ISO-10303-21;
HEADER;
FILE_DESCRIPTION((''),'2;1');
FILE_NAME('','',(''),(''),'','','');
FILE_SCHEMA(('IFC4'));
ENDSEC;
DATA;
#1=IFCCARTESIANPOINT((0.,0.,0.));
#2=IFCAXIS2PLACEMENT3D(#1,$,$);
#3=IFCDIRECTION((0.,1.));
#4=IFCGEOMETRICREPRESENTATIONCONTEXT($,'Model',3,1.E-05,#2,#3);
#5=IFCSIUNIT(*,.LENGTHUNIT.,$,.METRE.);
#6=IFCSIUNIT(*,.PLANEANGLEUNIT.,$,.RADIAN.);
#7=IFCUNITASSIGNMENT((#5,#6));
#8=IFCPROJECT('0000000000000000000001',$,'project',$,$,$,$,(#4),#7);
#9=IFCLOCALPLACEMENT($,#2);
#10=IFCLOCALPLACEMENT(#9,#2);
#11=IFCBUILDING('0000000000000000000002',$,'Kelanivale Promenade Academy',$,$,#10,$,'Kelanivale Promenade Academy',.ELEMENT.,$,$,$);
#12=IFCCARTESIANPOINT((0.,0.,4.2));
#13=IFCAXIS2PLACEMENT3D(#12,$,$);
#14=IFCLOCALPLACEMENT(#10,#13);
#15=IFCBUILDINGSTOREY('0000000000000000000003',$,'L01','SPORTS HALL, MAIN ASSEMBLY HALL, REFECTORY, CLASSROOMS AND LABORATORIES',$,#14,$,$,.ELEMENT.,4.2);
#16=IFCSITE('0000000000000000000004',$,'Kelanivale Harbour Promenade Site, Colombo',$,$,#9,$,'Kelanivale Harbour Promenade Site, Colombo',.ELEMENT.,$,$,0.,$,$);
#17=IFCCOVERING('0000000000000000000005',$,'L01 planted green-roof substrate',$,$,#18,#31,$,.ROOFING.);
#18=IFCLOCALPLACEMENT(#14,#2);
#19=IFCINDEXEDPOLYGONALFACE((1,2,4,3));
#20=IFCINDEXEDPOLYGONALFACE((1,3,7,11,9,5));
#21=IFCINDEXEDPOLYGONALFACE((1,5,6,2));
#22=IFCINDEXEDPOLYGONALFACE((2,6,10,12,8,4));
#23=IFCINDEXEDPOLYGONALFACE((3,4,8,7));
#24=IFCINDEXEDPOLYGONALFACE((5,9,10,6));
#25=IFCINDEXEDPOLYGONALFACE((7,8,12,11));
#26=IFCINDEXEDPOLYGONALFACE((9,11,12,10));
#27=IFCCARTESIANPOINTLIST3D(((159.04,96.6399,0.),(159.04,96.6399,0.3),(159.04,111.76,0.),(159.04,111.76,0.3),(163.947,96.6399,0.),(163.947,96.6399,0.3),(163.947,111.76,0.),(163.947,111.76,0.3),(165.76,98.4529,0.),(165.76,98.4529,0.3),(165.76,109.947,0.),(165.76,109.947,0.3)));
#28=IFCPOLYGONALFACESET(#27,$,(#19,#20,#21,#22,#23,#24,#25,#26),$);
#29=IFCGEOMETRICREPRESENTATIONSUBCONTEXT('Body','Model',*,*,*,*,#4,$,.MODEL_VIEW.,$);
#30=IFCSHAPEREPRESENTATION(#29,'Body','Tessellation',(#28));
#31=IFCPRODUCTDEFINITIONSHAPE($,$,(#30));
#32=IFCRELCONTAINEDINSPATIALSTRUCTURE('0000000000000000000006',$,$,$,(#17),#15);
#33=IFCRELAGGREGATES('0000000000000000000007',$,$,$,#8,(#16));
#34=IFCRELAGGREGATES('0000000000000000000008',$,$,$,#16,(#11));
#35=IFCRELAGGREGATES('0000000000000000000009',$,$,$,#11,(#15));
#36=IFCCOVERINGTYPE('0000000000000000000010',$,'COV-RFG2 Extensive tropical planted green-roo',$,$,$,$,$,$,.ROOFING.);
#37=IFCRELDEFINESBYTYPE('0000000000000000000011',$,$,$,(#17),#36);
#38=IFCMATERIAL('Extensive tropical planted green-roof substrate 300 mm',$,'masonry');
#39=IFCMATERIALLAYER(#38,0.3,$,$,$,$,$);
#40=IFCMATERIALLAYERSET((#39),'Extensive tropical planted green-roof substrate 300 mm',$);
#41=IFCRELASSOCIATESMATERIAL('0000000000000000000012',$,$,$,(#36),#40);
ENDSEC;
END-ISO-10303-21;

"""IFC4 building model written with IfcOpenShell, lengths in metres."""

from ifc_helpers import new_model, si_unit, direction, frame, origin, place, context, subcontext, project, spatial, polyline, outline, extrude, material, layer, layer_set, type_object, element, save


model = new_model("IFC4")

# Units and contexts
model_context = context("Model", 3, precision=1e-05, world=origin(), true_north=direction((0.0, 1.0)))
body_context = subcontext(model_context, "Body", "Model", "MODEL_VIEW")
ifc_project = project(units=[si_unit("LENGTHUNIT", "METRE"), si_unit("PLANEANGLEUNIT", "RADIAN")], contexts=[model_context])

# Site, building, storey
site_placement = place(None, origin())
site = spatial("IfcSite", under=ifc_project, at=site_placement, Name="Kelanivale Harbour Promenade Site, Colombo", LongName="Kelanivale Harbour Promenade Site, Colombo", CompositionType="ELEMENT", RefElevation=0.0)
building_placement = place(site_placement, origin())
building = spatial("IfcBuilding", under=site, at=building_placement, Name="Kelanivale Promenade Academy", LongName="Kelanivale Promenade Academy", CompositionType="ELEMENT")
storey_placement = place(building_placement, frame((0.0, 0.0, 4.2)))
storey = spatial("IfcBuildingStorey", under=building, at=storey_placement, Name="L01", Description="SPORTS HALL, MAIN ASSEMBLY HALL, REFECTORY, CLASSROOMS AND LABORATORIES", CompositionType="ELEMENT", Elevation=4.2)

# Covering
ifc_material_1 = material(Name="Extensive tropical planted green-roof substrate 300 mm", Category="masonry")
ifc_layer_1 = layer(ifc_material_1, 0.3)
ifc_layer_set_1 = layer_set([ifc_layer_1], Name="Extensive tropical planted green-roof substrate 300 mm")
covering_type_1 = type_object("IfcCoveringType", Name="COV-RFG2 Extensive tropical planted green-roo", PredefinedType="ROOFING", material=ifc_layer_set_1)
covering_1_placement = place(storey_placement, origin())
element("IfcCovering", 1, at=covering_1_placement, inside=storey, type_object=covering_type_1, Name="L01 planted green-roof substrate", PredefinedType="ROOFING", context=body_context, shape_type="SweptSolid", body=[
    extrude(outline(polyline([(163.947, 96.6399), (165.76, 98.4529), (165.76, 109.947), (163.947, 111.76), (159.04, 111.76), (159.04, 96.6399), (163.947, 96.6399)])), origin(), (0.0, 0.0, 1.0), 0.3),
])

save(model, "model.ifc")
